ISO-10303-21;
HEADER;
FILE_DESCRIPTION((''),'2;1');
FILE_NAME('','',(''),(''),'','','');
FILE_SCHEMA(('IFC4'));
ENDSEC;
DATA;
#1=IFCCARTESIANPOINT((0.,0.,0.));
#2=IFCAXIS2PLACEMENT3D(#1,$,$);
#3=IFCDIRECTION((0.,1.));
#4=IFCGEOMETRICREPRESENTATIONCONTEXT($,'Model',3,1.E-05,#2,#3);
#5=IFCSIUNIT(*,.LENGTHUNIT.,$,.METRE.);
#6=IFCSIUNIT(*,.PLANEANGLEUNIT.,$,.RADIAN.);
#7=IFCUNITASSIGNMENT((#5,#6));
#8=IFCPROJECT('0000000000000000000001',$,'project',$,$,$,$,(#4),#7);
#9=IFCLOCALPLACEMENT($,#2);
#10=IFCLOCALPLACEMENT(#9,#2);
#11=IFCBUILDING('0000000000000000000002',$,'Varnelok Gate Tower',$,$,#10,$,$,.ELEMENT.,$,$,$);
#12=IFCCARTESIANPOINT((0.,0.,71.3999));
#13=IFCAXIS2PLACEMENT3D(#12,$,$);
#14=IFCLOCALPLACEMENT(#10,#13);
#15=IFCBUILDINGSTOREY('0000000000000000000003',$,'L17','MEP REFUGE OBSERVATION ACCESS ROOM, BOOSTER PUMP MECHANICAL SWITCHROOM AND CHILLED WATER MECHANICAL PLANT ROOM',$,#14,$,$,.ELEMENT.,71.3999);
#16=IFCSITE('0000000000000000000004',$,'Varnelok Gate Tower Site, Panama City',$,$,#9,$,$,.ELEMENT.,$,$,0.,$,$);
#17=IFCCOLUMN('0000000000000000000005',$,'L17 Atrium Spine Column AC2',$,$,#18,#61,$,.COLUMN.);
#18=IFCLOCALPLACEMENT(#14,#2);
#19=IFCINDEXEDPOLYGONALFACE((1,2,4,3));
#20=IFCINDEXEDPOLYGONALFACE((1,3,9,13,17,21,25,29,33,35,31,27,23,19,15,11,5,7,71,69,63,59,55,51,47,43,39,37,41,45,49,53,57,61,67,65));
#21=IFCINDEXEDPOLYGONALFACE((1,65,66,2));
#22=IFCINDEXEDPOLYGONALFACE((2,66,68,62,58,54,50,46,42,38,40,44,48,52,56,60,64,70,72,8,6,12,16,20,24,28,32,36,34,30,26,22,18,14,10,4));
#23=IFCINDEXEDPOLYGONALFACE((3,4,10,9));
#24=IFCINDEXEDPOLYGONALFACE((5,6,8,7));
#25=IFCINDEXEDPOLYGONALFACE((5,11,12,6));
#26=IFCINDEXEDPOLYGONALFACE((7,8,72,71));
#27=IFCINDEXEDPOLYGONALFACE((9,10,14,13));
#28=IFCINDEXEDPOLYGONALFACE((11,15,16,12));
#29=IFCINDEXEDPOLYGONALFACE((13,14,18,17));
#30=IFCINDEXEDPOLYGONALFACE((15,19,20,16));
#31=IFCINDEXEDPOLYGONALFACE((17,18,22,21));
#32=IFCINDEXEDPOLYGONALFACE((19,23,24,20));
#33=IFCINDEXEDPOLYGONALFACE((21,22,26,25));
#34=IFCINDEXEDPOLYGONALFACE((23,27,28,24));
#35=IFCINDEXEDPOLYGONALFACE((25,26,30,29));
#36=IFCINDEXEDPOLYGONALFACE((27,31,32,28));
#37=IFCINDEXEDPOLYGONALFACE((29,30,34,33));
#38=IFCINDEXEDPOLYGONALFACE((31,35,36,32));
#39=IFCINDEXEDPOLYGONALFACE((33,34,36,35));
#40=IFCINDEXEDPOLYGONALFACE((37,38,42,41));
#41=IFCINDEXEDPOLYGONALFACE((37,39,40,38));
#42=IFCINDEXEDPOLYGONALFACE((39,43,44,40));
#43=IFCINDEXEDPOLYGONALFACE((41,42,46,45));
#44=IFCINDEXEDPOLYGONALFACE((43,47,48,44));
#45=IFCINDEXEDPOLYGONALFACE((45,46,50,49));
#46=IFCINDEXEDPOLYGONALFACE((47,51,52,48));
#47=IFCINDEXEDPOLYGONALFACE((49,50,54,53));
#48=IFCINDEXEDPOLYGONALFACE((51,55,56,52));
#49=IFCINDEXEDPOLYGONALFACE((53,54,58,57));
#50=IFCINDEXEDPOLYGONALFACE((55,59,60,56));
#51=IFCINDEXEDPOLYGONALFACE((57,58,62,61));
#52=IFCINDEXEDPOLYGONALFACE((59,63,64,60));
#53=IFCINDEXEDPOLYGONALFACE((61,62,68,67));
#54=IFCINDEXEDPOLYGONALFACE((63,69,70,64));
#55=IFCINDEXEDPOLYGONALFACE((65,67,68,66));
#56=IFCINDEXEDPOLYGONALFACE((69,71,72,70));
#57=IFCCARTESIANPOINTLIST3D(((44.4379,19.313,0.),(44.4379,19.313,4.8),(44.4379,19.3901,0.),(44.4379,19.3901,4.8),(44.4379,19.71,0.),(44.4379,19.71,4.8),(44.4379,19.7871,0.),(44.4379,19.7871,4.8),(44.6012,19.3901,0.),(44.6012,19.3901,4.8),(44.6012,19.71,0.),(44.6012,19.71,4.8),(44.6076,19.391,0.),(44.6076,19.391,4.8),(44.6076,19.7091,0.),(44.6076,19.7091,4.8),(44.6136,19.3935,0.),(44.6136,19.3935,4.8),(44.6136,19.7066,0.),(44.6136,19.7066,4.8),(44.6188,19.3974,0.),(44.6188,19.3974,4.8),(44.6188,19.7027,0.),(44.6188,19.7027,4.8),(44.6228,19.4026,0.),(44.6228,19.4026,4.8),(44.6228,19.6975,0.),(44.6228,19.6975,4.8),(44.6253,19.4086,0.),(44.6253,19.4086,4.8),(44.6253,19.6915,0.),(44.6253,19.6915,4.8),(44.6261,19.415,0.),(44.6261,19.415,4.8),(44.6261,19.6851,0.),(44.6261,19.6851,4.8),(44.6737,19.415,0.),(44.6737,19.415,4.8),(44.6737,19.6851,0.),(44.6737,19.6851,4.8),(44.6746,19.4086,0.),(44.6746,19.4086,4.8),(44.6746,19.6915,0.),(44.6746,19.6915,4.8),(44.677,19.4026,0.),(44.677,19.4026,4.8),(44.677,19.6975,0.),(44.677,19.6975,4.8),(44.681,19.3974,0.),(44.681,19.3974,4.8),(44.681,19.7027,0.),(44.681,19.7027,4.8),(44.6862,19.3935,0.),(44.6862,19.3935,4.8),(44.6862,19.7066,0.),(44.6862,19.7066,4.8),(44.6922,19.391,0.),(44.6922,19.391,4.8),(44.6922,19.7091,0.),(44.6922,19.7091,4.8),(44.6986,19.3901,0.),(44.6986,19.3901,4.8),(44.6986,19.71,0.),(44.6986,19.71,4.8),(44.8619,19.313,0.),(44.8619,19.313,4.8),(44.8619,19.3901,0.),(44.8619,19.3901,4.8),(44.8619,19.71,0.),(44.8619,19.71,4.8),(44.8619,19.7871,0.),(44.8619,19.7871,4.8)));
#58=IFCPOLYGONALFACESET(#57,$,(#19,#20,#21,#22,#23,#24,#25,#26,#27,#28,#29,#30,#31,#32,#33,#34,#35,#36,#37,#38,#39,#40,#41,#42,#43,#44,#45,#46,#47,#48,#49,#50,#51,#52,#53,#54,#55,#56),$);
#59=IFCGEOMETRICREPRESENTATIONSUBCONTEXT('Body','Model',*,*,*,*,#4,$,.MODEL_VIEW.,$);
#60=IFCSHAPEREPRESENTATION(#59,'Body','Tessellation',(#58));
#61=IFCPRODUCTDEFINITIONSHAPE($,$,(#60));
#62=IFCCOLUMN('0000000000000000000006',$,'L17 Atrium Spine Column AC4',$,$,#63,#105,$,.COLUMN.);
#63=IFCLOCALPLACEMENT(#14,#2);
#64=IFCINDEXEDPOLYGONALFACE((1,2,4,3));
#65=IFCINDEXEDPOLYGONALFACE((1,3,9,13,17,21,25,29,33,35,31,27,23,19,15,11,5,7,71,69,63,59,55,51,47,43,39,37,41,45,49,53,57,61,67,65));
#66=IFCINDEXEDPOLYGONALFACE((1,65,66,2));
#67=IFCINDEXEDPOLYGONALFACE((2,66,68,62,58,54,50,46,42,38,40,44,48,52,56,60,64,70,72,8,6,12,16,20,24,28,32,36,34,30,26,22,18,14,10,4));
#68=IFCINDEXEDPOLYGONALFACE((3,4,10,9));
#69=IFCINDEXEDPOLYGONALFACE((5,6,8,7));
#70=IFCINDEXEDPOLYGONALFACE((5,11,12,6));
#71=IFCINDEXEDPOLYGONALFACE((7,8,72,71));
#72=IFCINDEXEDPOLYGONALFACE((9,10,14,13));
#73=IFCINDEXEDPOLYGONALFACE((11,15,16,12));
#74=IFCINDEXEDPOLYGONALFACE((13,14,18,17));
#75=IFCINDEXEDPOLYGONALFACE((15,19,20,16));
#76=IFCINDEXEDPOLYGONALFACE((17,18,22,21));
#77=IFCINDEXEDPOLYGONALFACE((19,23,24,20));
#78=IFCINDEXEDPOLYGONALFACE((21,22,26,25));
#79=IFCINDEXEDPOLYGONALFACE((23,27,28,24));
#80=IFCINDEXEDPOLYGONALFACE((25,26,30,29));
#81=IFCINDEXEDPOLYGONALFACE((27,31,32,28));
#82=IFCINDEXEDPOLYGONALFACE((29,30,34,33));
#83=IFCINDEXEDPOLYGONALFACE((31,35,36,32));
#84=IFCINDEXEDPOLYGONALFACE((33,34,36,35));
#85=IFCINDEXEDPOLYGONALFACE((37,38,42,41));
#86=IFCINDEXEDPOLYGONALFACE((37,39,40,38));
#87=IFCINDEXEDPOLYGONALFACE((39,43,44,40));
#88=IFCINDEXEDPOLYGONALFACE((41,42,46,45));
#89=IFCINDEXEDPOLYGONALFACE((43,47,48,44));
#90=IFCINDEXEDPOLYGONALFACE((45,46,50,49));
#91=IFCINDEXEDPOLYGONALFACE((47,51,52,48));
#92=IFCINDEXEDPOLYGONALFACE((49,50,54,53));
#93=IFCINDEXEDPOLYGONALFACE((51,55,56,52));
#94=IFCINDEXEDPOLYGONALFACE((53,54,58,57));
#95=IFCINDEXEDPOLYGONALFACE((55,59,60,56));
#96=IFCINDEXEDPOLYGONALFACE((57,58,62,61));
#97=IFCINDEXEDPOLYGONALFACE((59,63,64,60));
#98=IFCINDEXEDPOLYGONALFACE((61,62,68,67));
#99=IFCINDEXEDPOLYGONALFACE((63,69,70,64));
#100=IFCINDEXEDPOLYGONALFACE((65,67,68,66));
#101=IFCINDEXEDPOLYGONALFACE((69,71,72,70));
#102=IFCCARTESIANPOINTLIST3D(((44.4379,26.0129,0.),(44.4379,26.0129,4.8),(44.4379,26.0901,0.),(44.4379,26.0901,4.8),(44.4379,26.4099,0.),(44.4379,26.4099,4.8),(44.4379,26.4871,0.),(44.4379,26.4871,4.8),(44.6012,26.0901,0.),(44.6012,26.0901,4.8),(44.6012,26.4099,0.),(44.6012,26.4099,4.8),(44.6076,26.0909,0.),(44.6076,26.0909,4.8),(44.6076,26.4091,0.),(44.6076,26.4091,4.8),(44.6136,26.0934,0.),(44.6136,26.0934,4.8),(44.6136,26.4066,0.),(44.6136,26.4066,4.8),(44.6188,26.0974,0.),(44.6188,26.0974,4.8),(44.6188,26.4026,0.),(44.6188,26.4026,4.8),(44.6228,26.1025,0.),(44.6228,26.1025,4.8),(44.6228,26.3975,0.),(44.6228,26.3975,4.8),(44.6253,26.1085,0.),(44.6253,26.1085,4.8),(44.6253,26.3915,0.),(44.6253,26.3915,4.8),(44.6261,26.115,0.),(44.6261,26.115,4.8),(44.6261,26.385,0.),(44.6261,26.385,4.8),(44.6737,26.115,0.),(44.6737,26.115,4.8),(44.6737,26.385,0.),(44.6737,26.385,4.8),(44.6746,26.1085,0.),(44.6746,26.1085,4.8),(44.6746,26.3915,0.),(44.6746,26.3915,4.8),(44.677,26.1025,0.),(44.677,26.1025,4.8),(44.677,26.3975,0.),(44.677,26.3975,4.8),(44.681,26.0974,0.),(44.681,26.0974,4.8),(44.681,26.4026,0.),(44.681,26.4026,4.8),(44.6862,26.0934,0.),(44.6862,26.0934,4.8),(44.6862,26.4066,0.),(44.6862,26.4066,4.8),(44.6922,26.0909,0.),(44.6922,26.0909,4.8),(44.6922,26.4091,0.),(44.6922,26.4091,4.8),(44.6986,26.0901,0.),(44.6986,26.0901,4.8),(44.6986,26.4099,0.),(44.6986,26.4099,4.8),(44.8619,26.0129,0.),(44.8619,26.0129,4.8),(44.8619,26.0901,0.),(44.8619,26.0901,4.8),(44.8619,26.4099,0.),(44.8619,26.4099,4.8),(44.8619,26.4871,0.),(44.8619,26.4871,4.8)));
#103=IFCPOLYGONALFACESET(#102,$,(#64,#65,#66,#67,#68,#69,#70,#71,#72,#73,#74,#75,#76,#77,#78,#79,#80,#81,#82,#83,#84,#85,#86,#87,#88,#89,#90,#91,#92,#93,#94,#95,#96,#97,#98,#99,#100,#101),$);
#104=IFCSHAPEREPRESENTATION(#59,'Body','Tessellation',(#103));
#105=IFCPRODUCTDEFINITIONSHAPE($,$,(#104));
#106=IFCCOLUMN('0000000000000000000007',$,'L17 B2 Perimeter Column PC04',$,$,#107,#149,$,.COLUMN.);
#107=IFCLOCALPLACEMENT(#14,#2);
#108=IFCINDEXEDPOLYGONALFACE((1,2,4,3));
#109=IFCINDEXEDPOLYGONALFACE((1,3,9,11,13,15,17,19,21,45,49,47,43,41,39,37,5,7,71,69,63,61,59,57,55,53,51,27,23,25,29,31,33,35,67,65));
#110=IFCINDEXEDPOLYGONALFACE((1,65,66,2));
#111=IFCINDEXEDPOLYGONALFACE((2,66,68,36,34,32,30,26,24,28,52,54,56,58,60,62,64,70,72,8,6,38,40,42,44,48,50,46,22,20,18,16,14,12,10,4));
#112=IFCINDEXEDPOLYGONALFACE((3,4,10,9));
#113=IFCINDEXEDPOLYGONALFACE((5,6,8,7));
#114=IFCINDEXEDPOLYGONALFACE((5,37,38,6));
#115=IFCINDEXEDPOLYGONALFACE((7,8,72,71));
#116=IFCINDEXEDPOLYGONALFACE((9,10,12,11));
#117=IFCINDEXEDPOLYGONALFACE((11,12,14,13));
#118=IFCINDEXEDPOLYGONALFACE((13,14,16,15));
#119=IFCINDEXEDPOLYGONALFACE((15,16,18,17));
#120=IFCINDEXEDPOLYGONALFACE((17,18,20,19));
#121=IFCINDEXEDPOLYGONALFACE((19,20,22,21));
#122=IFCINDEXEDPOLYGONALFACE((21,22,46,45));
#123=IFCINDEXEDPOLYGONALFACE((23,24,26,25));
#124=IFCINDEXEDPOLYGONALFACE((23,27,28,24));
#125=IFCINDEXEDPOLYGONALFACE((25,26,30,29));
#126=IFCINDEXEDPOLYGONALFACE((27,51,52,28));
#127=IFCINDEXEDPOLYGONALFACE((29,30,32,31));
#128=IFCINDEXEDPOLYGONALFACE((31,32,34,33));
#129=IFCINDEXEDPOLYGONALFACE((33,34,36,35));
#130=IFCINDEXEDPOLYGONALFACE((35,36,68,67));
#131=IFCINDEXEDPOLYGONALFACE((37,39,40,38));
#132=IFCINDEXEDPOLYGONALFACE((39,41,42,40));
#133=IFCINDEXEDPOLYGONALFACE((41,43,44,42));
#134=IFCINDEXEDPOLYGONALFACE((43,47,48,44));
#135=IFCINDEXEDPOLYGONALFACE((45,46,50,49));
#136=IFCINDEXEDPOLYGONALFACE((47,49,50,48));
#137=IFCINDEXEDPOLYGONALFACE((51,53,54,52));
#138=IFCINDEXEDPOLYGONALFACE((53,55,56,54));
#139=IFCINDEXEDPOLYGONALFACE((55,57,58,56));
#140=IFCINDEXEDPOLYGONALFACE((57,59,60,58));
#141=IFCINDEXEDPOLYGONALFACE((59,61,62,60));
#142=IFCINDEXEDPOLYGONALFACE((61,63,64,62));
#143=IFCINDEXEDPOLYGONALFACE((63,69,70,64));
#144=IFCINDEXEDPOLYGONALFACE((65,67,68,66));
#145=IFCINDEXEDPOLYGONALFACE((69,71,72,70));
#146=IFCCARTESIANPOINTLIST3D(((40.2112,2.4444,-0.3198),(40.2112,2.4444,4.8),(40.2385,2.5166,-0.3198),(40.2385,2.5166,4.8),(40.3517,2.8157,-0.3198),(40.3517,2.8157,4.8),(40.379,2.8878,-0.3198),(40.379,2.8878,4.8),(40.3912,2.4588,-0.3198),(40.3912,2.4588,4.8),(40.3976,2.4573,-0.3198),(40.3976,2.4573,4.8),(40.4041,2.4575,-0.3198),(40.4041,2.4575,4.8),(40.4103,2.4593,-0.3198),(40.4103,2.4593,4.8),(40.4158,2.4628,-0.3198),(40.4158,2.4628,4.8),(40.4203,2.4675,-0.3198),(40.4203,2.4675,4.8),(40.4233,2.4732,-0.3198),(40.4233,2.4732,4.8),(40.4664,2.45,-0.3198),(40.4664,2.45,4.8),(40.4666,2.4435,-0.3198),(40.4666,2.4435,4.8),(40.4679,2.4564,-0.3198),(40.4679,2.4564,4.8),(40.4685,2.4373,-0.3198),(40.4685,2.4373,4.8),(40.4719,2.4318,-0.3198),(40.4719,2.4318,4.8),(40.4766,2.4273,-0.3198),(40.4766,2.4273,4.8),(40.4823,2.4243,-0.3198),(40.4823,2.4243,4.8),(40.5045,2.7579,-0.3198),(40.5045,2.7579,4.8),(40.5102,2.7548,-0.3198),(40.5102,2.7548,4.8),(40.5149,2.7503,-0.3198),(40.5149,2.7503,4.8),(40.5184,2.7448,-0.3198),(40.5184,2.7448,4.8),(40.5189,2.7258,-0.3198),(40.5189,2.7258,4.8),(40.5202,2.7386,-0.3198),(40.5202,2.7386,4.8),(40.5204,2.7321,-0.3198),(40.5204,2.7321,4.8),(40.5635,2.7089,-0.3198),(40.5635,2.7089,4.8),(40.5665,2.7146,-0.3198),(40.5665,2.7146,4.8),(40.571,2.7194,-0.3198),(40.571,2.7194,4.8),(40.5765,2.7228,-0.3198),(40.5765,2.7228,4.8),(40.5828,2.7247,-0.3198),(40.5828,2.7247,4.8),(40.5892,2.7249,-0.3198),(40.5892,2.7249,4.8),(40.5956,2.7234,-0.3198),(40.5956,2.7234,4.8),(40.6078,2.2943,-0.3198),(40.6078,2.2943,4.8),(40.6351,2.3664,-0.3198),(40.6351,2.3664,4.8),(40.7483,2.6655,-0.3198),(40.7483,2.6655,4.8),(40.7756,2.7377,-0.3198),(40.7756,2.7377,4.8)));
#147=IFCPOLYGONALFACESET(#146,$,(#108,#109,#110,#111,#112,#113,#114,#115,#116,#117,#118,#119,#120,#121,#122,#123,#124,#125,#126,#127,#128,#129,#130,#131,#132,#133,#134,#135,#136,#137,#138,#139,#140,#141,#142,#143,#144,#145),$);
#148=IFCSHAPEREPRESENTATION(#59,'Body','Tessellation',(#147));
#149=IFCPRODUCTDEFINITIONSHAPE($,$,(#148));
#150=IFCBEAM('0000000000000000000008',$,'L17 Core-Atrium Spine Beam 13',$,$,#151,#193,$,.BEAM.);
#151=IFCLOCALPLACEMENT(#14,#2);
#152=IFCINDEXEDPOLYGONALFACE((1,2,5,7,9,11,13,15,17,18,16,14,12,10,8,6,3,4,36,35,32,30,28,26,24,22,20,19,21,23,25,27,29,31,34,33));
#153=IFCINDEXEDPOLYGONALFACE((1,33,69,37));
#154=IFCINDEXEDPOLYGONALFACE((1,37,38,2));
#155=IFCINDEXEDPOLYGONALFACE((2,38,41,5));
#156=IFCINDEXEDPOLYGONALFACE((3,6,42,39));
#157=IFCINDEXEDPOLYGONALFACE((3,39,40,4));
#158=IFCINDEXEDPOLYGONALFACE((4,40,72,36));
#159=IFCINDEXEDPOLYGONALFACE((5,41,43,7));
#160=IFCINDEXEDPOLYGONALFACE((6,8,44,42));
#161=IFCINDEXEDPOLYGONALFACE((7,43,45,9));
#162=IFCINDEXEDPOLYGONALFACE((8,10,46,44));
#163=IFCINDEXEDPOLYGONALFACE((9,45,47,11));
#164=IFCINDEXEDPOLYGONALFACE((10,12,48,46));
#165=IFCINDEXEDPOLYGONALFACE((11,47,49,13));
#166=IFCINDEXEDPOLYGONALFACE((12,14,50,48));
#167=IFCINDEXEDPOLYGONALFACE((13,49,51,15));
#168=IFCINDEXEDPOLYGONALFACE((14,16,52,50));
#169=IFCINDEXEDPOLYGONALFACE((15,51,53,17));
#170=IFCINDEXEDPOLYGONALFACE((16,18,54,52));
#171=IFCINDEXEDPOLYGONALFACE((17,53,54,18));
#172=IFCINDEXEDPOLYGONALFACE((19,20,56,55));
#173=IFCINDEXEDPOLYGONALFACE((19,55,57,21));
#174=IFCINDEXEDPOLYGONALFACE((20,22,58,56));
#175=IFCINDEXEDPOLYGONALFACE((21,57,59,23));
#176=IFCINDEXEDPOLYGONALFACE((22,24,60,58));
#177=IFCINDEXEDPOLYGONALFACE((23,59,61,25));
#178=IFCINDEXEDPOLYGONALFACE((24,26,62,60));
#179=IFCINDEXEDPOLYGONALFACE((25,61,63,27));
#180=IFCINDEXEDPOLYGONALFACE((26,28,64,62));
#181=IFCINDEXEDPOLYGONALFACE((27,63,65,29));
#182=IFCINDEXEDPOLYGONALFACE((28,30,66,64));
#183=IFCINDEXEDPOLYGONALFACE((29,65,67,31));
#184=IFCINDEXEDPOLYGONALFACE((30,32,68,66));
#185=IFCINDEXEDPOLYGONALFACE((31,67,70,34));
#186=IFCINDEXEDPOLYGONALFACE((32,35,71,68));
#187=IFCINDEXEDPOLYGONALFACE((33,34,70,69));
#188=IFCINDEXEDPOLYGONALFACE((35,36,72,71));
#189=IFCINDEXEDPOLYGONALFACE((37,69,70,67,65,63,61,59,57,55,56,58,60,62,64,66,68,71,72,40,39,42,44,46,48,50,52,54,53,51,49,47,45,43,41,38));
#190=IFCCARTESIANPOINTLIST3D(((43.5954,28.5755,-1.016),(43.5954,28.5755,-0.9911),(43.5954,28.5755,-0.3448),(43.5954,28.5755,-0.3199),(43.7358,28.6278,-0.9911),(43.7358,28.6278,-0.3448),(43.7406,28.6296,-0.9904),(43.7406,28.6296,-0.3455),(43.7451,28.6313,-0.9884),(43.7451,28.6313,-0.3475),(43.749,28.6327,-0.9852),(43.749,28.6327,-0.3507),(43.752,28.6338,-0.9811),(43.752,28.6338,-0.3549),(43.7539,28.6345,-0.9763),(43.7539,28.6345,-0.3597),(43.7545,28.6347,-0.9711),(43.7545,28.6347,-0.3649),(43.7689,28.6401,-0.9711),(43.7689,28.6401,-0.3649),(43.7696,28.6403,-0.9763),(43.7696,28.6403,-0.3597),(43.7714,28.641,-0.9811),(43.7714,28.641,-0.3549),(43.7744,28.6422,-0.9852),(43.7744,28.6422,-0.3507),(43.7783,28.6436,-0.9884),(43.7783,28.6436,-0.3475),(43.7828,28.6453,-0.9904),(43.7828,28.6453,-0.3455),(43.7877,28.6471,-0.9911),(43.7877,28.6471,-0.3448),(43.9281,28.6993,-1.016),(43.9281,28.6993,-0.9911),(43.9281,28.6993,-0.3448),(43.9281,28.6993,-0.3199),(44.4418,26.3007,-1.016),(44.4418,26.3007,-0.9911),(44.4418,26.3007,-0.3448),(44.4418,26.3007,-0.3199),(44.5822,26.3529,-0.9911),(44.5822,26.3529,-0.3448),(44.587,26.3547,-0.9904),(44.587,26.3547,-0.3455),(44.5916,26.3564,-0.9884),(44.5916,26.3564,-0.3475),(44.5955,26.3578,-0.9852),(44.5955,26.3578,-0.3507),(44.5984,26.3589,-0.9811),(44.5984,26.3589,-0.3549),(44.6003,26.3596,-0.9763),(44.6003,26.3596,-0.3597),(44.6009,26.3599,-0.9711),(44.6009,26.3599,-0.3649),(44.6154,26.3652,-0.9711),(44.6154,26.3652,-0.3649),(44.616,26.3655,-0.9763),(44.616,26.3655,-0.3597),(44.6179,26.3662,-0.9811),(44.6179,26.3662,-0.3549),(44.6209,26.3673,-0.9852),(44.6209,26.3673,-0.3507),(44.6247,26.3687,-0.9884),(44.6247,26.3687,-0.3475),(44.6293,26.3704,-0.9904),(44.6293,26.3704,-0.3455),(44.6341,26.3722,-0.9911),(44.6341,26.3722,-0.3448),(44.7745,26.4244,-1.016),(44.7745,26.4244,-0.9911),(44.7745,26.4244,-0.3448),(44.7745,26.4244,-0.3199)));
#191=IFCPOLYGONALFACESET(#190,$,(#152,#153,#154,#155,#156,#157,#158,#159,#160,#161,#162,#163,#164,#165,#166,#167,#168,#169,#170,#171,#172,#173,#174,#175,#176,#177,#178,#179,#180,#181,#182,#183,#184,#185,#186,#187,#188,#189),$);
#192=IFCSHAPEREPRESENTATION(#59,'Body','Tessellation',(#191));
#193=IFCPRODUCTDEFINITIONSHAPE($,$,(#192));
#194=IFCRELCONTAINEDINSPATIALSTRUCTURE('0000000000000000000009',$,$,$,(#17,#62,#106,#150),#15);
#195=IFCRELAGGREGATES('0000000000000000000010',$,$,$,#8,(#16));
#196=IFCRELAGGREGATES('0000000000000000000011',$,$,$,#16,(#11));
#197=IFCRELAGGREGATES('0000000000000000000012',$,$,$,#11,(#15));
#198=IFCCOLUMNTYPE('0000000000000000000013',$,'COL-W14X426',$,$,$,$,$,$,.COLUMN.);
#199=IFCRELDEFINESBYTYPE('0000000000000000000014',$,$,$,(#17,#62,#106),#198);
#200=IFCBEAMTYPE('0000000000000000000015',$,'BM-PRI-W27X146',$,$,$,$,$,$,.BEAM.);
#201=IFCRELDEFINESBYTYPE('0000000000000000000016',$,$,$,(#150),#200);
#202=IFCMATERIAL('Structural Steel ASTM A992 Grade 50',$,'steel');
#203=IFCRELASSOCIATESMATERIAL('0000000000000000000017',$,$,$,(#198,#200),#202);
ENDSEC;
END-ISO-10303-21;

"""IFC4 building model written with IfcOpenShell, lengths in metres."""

from ifc_helpers import new_model, si_unit, direction, frame, origin, origin_2d, place, context, subcontext, project, spatial, i_section, extrude, material, material_profile, profile_set, type_object, element, save


model = new_model("IFC4")

# Units and contexts
model_context = context("Model", 3, precision=1e-05, world=origin(), true_north=direction((0.0, 1.0)))
body_context = subcontext(model_context, "Body", "Model", "MODEL_VIEW")
ifc_project = project(units=[si_unit("LENGTHUNIT", "METRE"), si_unit("PLANEANGLEUNIT", "RADIAN")], contexts=[model_context])

# Site, building, storey
site_placement = place(None, origin())
site = spatial("IfcSite", under=ifc_project, at=site_placement, Name="Varnelok Gate Tower Site, Panama City", CompositionType="ELEMENT", RefElevation=0.0)
building_placement = place(site_placement, origin())
building = spatial("IfcBuilding", under=site, at=building_placement, Name="Varnelok Gate Tower", CompositionType="ELEMENT")
storey_placement = place(building_placement, frame((0.0, 0.0, 71.3999)))
storey = spatial("IfcBuildingStorey", under=building, at=storey_placement, Name="L17", Description="MEP REFUGE OBSERVATION ACCESS ROOM, BOOSTER PUMP MECHANICAL SWITCHROOM AND CHILLED WATER MECHANICAL PLANT ROOM", CompositionType="ELEMENT", Elevation=71.3999)

# Columns
ifc_material_1 = material(Name="Structural Steel ASTM A992 Grade 50", Category="steel")
ifc_material_profile_1 = material_profile(ifc_material_1, i_section(OverallWidth=0.4241, OverallDepth=0.4741, WebThickness=0.0476, FlangeThickness=0.0771, FilletRadius=0.0249, at=origin_2d()), Name="W14X426")
ifc_profile_set_1 = profile_set([ifc_material_profile_1], Name="Structural Steel ASTM A992 Grade 50")
column_type = type_object("IfcColumnType", Name="COL-W14X426", PredefinedType="COLUMN", material=ifc_profile_set_1)
for number, where, z_axis, x_axis, name in (
    (1, (44.6499, 19.55, 0.0), (0.0, 0.0, 1.0), (1.0, 0.0, 0.0), "L17 Atrium Spine Column AC2"),
    (2, (44.6499, 26.25, 0.0), (0.0, 0.0, 1.0), (1.0, 0.0, 0.0), "L17 Atrium Spine Column AC4"),
):
    element("IfcColumn", number, at=place(storey_placement, frame(where, z_axis=z_axis, x_axis=x_axis)), inside=storey, type_object=column_type, Name=name, PredefinedType="COLUMN", context=body_context, shape_type="SweptSolid", body=[
        extrude(i_section(OverallWidth=0.4241, OverallDepth=0.4741, WebThickness=0.0476, FlangeThickness=0.0771, FilletRadius=0.0249, at=origin_2d()), origin(), (0.0, 0.0, 1.0), 4.8),
    ])
column_placement = place(storey_placement, frame((40.4934, 2.5911, -0.3198), z_axis=(0.0, 0.0, 1.0), x_axis=(0.935222, -0.354063, 0.0)))
element("IfcColumn", 3, at=column_placement, inside=storey, type_object=column_type, Name="L17 B2 Perimeter Column PC04", PredefinedType="COLUMN", context=body_context, shape_type="SweptSolid", body=[
    extrude(i_section(OverallWidth=0.4241, OverallDepth=0.4741, WebThickness=0.0476, FlangeThickness=0.0771, FilletRadius=0.0249, at=origin_2d()), origin(), (0.0, 0.0, 1.0), 5.1199),
])

# Beam
ifc_material_profile_2 = material_profile(ifc_material_1, i_section(OverallWidth=0.355, OverallDepth=0.696, WebThickness=0.0154, FlangeThickness=0.0249, FilletRadius=0.02, at=origin_2d()), Name="W27X146")
ifc_profile_set_2 = profile_set([ifc_material_profile_2], Name="Structural Steel ASTM A992 Grade 50")
beam_type_1 = type_object("IfcBeamType", Name="BM-PRI-W27X146", PredefinedType="BEAM", material=ifc_profile_set_2)
beam_1_placement = place(storey_placement, frame((44.6082, 26.3625, -0.668), z_axis=(-0.348719, 0.937227, 0.0), x_axis=(-0.937227, -0.348719, 0.0)))
element("IfcBeam", 4, at=beam_1_placement, inside=storey, type_object=beam_type_1, Name="L17 Core-Atrium Spine Beam 13", PredefinedType="BEAM", context=body_context, shape_type="SweptSolid", body=[
    extrude(i_section(OverallWidth=0.355, OverallDepth=0.696, WebThickness=0.0154, FlangeThickness=0.0249, FilletRadius=0.02, at=origin_2d()), origin(), (0.0, 0.0, 1.0), 2.4272),
])

save(model, "model.ifc")
